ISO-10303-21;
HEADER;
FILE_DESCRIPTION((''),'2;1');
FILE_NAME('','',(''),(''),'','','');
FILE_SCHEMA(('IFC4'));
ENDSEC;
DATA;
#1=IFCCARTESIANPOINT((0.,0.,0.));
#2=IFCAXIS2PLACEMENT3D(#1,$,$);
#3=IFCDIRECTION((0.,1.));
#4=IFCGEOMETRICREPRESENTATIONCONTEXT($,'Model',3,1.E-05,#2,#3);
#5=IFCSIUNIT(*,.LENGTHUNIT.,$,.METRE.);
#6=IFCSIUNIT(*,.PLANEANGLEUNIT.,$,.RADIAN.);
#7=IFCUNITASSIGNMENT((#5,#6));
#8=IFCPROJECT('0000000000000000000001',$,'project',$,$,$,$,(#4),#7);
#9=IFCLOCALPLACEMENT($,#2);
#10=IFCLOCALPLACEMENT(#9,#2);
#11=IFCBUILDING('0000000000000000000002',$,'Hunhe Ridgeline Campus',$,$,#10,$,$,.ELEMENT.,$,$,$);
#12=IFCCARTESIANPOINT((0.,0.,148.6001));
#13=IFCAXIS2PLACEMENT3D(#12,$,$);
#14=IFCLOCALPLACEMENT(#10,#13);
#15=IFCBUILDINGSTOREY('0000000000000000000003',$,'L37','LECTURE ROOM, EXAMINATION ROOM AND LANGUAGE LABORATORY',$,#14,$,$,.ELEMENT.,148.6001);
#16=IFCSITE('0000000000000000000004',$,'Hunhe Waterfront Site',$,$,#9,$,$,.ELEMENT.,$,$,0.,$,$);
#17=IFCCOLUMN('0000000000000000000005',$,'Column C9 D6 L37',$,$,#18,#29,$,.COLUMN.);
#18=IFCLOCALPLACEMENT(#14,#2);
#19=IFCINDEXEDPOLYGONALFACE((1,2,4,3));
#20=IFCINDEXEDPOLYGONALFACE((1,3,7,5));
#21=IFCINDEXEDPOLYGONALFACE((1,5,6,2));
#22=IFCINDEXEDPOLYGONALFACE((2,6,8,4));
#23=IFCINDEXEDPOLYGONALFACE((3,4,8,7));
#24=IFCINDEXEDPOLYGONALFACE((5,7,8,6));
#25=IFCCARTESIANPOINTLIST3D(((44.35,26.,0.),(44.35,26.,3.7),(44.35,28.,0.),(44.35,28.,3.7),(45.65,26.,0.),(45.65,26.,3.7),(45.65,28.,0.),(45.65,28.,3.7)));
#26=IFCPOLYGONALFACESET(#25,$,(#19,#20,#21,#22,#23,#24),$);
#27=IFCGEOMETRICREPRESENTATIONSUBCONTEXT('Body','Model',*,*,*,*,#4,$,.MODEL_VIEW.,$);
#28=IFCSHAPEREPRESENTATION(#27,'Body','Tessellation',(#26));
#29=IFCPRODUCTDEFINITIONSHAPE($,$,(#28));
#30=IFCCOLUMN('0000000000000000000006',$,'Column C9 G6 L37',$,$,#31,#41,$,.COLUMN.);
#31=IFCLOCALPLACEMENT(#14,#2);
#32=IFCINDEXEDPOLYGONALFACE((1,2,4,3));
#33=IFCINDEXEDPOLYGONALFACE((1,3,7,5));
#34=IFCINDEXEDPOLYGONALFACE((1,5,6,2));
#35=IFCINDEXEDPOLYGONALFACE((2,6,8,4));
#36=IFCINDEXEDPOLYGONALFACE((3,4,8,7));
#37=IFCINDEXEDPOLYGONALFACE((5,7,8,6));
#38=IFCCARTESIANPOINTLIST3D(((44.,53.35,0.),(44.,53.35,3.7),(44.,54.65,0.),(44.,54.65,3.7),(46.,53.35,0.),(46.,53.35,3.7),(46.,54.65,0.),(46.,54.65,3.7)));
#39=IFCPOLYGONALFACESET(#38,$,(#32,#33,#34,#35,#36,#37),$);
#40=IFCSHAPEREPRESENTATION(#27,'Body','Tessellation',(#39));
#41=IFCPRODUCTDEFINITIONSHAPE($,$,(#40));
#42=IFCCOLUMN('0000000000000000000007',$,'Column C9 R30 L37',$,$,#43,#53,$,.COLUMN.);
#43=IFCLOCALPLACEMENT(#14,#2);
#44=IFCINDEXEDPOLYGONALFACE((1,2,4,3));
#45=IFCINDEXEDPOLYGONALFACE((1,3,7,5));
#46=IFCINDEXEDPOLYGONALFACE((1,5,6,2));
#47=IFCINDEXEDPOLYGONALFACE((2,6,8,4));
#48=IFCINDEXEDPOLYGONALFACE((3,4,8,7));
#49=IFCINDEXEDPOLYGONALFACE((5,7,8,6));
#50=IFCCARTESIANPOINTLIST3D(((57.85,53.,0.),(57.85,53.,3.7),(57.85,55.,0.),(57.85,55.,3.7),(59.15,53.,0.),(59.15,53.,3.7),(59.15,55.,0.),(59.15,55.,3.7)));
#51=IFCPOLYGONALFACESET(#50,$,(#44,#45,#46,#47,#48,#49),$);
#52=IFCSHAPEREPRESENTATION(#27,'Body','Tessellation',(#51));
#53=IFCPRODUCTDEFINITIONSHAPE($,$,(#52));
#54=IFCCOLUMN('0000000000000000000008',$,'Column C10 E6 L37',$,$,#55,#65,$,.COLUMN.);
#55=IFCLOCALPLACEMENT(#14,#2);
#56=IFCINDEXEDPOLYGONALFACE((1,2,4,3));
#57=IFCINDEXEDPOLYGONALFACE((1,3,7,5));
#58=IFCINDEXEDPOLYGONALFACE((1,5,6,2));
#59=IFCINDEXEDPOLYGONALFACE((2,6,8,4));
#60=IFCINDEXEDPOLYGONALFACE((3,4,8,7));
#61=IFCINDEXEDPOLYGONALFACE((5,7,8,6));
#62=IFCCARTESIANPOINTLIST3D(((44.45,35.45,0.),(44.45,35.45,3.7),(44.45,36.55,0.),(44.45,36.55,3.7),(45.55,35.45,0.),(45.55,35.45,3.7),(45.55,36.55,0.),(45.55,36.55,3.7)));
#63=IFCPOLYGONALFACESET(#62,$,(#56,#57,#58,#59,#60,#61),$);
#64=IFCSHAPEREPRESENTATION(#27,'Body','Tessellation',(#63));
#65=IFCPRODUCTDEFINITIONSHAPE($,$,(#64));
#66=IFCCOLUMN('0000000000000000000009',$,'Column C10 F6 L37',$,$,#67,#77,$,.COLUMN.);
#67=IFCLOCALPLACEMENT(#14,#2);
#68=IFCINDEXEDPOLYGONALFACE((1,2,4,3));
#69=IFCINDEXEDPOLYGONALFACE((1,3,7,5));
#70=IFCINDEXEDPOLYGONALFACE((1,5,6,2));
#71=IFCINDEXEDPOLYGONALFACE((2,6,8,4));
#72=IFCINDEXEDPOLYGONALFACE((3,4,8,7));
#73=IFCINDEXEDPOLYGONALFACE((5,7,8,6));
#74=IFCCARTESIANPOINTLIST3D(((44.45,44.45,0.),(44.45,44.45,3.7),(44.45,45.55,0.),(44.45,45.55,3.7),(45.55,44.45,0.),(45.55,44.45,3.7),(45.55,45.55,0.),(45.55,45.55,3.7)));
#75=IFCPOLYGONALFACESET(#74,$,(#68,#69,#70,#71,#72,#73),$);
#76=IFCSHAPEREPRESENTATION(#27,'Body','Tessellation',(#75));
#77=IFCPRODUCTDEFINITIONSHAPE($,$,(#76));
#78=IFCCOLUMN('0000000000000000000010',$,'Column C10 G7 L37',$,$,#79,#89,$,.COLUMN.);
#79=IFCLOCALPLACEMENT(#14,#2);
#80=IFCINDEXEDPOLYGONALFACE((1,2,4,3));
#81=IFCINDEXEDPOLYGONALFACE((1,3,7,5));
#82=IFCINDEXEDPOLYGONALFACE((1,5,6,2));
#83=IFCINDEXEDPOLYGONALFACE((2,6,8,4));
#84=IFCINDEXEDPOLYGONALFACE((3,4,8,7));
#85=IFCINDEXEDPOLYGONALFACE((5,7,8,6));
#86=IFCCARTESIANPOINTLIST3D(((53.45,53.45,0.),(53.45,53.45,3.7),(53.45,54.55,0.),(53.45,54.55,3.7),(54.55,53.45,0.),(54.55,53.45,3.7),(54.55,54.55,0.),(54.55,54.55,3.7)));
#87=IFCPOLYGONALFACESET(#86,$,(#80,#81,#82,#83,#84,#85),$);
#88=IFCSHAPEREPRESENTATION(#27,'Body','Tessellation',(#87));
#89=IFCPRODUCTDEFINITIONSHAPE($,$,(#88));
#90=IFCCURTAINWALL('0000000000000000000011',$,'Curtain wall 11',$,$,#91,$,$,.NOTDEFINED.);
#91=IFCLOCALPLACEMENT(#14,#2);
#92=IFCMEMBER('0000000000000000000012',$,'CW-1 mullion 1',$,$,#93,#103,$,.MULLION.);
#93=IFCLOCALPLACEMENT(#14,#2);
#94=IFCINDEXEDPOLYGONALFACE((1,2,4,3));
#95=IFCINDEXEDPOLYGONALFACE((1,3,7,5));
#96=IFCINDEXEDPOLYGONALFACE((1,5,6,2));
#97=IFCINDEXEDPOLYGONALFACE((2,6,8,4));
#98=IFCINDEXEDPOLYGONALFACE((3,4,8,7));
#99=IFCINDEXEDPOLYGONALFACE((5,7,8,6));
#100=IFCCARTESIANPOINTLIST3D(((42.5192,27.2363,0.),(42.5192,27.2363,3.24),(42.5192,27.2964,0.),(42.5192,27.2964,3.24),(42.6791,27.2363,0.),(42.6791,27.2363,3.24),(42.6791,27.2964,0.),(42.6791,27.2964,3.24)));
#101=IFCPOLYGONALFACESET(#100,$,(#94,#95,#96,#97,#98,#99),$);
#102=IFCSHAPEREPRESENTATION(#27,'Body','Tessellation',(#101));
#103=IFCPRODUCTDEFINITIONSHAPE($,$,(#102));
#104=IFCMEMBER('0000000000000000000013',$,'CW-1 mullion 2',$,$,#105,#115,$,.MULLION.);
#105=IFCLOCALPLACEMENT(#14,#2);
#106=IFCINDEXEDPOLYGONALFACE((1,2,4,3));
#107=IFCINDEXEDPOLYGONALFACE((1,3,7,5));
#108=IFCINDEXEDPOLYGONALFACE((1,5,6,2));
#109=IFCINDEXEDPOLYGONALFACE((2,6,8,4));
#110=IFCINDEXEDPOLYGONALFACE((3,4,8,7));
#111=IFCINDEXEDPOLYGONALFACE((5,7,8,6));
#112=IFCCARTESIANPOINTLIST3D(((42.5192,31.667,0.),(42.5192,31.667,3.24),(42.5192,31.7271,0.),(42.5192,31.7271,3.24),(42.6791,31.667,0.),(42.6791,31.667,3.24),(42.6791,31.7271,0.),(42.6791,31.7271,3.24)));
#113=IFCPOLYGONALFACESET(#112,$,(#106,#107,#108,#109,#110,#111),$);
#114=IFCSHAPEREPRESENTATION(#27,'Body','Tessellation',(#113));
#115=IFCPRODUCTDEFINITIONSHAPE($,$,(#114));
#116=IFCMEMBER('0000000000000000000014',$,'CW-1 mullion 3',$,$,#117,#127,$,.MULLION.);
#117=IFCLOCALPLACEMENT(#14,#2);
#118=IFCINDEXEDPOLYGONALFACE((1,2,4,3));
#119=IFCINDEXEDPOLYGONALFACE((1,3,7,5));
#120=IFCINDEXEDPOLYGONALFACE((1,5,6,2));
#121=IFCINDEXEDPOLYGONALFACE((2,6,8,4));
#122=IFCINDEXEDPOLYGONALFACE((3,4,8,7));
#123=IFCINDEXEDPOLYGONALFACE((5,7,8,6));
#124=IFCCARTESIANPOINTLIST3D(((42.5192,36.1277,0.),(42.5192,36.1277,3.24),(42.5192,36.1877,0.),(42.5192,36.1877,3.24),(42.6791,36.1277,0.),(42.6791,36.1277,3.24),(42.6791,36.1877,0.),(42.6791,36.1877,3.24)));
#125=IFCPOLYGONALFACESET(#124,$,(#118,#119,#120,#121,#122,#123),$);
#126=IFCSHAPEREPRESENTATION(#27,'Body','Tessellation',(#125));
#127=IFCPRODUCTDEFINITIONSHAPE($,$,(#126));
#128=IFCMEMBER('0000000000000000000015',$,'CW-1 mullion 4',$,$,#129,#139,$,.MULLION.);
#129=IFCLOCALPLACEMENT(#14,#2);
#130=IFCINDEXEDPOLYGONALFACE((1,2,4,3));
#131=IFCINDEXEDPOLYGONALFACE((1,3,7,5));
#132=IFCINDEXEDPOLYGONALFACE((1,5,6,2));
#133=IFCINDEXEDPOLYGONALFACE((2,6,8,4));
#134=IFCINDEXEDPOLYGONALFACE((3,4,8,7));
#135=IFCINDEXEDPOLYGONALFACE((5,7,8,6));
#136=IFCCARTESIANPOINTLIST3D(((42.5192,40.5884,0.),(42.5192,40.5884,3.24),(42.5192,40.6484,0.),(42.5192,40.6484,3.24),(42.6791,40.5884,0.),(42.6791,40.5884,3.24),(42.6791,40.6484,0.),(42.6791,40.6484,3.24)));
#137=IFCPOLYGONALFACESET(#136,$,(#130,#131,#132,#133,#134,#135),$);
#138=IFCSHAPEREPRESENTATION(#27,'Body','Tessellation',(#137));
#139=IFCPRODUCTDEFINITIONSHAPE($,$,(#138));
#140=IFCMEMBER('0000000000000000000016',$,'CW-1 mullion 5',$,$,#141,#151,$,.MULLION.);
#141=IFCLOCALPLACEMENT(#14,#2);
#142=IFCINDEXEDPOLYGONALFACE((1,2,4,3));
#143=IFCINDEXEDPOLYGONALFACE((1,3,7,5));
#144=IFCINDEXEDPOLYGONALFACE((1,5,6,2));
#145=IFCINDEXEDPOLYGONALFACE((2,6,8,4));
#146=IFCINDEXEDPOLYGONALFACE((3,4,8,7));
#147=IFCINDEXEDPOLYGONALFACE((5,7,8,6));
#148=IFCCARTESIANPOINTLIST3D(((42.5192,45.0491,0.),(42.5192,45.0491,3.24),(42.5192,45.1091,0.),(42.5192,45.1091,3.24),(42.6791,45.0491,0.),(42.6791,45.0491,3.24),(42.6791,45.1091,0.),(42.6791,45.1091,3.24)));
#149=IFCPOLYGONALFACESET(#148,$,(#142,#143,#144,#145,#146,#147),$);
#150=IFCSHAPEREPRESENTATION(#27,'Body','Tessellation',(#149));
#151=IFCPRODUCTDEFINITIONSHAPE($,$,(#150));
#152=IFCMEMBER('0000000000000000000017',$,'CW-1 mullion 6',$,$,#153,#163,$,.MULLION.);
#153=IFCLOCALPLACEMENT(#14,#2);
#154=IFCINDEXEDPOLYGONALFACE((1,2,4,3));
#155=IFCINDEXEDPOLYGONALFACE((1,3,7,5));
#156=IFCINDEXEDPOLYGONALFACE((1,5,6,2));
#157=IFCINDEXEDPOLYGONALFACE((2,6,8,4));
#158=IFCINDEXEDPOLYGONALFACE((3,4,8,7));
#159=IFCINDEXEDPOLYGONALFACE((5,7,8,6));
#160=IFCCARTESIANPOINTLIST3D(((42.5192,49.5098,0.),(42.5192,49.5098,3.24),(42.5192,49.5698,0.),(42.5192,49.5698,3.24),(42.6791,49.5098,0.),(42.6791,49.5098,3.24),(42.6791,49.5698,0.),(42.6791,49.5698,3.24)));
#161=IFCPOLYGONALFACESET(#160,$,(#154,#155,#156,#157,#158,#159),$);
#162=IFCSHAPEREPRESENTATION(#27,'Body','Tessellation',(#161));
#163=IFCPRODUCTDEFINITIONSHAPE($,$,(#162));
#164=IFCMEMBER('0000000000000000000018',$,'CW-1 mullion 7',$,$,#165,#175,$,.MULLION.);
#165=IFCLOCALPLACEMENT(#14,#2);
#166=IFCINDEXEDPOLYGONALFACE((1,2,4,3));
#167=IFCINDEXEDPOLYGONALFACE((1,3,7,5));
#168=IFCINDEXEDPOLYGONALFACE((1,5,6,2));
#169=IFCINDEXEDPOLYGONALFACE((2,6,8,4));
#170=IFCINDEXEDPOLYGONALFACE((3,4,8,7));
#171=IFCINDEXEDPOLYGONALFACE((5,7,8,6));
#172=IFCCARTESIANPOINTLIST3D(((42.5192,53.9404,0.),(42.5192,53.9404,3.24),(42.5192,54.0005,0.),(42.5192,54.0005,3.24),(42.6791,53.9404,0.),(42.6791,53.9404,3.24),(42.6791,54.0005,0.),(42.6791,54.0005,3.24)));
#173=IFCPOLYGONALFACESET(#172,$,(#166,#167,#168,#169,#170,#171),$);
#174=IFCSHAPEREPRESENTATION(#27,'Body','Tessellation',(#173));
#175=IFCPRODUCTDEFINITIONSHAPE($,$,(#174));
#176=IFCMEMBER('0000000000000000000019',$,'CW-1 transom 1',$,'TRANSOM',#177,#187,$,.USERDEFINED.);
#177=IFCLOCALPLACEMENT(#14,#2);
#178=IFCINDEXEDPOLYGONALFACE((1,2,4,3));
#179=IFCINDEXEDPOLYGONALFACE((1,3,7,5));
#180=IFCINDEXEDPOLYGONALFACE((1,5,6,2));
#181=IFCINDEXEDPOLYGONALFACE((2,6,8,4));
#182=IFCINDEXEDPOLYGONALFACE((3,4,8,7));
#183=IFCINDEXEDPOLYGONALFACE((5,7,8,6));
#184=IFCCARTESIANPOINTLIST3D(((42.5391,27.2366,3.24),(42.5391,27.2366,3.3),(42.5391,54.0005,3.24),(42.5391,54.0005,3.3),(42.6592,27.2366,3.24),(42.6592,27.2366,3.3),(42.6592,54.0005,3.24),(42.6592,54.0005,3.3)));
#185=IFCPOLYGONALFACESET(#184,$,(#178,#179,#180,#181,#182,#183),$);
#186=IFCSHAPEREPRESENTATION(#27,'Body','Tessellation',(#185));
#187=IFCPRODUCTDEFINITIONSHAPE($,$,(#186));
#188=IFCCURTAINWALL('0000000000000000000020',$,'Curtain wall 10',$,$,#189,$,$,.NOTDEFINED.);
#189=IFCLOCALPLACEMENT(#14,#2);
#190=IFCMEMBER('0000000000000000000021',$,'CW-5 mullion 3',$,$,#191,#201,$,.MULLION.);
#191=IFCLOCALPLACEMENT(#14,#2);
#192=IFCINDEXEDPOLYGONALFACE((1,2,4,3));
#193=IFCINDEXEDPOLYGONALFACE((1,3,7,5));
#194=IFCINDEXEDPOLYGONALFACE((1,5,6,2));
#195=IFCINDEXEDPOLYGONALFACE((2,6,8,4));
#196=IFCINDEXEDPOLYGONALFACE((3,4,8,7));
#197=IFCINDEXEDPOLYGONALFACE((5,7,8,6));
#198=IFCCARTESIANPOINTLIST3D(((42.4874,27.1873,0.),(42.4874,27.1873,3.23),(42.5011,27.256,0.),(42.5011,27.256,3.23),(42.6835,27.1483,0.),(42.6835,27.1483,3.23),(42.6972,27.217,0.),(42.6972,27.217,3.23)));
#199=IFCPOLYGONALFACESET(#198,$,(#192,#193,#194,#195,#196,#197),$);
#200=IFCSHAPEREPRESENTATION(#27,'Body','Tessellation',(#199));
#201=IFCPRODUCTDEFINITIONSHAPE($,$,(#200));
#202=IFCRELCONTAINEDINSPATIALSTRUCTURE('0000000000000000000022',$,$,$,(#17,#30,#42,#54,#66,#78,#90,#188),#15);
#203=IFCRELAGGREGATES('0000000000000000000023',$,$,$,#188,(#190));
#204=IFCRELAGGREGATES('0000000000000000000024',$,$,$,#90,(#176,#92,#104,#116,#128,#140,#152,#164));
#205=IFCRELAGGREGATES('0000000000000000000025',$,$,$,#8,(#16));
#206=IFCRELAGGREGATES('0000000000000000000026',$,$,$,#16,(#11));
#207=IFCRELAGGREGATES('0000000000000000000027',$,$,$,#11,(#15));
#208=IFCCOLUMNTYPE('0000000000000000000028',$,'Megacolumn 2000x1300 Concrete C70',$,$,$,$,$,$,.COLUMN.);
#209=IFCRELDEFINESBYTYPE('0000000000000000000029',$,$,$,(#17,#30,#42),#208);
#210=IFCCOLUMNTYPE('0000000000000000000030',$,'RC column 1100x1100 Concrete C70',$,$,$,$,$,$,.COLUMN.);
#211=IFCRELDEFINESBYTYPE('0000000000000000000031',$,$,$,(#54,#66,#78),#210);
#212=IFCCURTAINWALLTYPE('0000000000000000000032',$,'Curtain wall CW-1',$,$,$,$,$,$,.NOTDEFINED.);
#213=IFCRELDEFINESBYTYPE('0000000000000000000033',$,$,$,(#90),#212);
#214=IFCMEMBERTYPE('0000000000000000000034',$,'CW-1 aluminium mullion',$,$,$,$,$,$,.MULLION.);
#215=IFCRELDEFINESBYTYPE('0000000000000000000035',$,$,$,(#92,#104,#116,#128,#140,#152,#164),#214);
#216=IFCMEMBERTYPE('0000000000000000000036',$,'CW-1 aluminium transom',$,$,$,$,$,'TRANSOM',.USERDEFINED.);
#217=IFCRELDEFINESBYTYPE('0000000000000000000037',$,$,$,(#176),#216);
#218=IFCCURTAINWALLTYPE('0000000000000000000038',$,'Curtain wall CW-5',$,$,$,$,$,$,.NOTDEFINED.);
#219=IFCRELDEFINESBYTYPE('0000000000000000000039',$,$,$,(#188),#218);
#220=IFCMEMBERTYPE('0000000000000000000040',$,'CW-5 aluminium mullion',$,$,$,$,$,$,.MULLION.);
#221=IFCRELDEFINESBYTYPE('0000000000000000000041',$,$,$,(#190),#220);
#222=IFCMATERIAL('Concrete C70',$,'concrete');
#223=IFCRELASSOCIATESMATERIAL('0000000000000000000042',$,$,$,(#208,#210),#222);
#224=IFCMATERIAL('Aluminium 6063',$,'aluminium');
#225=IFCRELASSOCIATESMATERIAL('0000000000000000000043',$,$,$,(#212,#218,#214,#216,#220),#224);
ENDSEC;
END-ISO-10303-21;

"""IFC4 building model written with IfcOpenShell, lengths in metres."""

from ifc_helpers import new_model, si_unit, direction, frame, origin, origin_2d, place, context, subcontext, project, spatial, rectangle, extrude, material, material_profile, profile_set, type_object, element, aggregate, save


model = new_model("IFC4")

# Units and contexts
model_context = context("Model", 3, precision=1e-05, world=origin(), true_north=direction((0.0, 1.0)))
body_context = subcontext(model_context, "Body", "Model", "MODEL_VIEW")
ifc_project = project(units=[si_unit("LENGTHUNIT", "METRE"), si_unit("PLANEANGLEUNIT", "RADIAN")], contexts=[model_context])

# Site, building, storey
site_placement = place(None, origin())
site = spatial("IfcSite", under=ifc_project, at=site_placement, Name="Hunhe Waterfront Site", CompositionType="ELEMENT", RefElevation=0.0)
building_placement = place(site_placement, origin())
building = spatial("IfcBuilding", under=site, at=building_placement, Name="Hunhe Ridgeline Campus", CompositionType="ELEMENT")
storey_placement = place(building_placement, frame((0.0, 0.0, 148.6001)))
storey = spatial("IfcBuildingStorey", under=building, at=storey_placement, Name="L37", Description="LECTURE ROOM, EXAMINATION ROOM AND LANGUAGE LABORATORY", CompositionType="ELEMENT", Elevation=148.6001)

# Columns
ifc_material_1 = material(Name="Concrete C70", Category="concrete")
ifc_material_profile_1 = material_profile(ifc_material_1, rectangle(XDim=2.0, YDim=1.3, at=origin_2d()))
ifc_profile_set_1 = profile_set([ifc_material_profile_1], Name="Concrete C70")
column_type_1 = type_object("IfcColumnType", Name="Megacolumn 2000x1300 Concrete C70", PredefinedType="COLUMN", material=ifc_profile_set_1)
for number, where, z_axis, x_axis, name in (
    (1, (45.0, 27.0, 0.0), (0.0, 0.0, 1.0), (0.0, 1.0, 0.0), "Column C9 D6 L37"),
    (2, (45.0, 54.0, 0.0), (0.0, 0.0, 1.0), (1.0, 0.0, 0.0), "Column C9 G6 L37"),
    (3, (58.5, 54.0, 0.0), (0.0, 0.0, 1.0), (0.0, 1.0, 0.0), "Column C9 R30 L37"),
):
    element("IfcColumn", number, at=place(storey_placement, frame(where, z_axis=z_axis, x_axis=x_axis)), inside=storey, type_object=column_type_1, Name=name, PredefinedType="COLUMN", context=body_context, shape_type="SweptSolid", body=[
        extrude(rectangle(XDim=2.0, YDim=1.3, at=origin_2d()), origin(), (0.0, 0.0, 1.0), 3.7),
    ])
ifc_material_profile_2 = material_profile(ifc_material_1, rectangle(XDim=1.1001, YDim=1.1001, at=origin_2d()))
ifc_profile_set_2 = profile_set([ifc_material_profile_2], Name="Concrete C70")
column_type_2 = type_object("IfcColumnType", Name="RC column 1100x1100 Concrete C70", PredefinedType="COLUMN", material=ifc_profile_set_2)
for number, where, z_axis, x_axis, name in (
    (4, (45.0, 36.0, 0.0), (0.0, 0.0, 1.0), (1.0, 0.0, 0.0), "Column C10 E6 L37"),
    (5, (45.0, 45.0, 0.0), (0.0, 0.0, 1.0), (1.0, 0.0, 0.0), "Column C10 F6 L37"),
    (6, (54.0, 54.0, 0.0), (0.0, 0.0, 1.0), (1.0, 0.0, 0.0), "Column C10 G7 L37"),
):
    element("IfcColumn", number, at=place(storey_placement, frame(where, z_axis=z_axis, x_axis=x_axis)), inside=storey, type_object=column_type_2, Name=name, PredefinedType="COLUMN", context=body_context, shape_type="SweptSolid", body=[
        extrude(rectangle(XDim=1.1001, YDim=1.1001, at=origin_2d()), origin(), (0.0, 0.0, 1.0), 3.7),
    ])

# Curtain wall, members
ifc_material_2 = material(Name="Aluminium 6063", Category="aluminium")
curtain_wall_type_1 = type_object("IfcCurtainWallType", Name="Curtain wall CW-1", PredefinedType="NOTDEFINED", material=ifc_material_2)
curtain_wall_1_placement = place(storey_placement, origin())
curtain_wall_1 = element("IfcCurtainWall", 7, at=curtain_wall_1_placement, inside=storey, type_object=curtain_wall_type_1, Name="Curtain wall 11", PredefinedType="NOTDEFINED")
ifc_material_profile_3 = material_profile(ifc_material_2, rectangle(XDim=0.1599, YDim=0.0601, at=origin_2d()))
ifc_profile_set_3 = profile_set([ifc_material_profile_3], Name="Aluminium 6063")
member_type_1 = type_object("IfcMemberType", Name="CW-1 aluminium mullion", PredefinedType="MULLION", material=ifc_profile_set_3)
member_1_placement = place(storey_placement, frame((42.5991, 27.2664, 0.0), z_axis=(0.0, 0.0, 1.0), x_axis=(-1.0, 0.000004, 0.0)))
member_1 = element("IfcMember", 8, at=member_1_placement, type_object=member_type_1, Name="CW-1 mullion 1", PredefinedType="MULLION", context=body_context, shape_type="SweptSolid", body=[
    extrude(rectangle(XDim=0.1599, YDim=0.0601, at=origin_2d()), origin(), (0.0, 0.0, 1.0), 3.24),
])
member_2_placement = place(storey_placement, frame((42.5991, 31.697, 0.0), z_axis=(0.0, 0.0, 1.0), x_axis=(-1.0, 0.000004, 0.0)))
member_2 = element("IfcMember", 9, at=member_2_placement, type_object=member_type_1, Name="CW-1 mullion 2", PredefinedType="MULLION", context=body_context, shape_type="SweptSolid", body=[
    extrude(rectangle(XDim=0.1599, YDim=0.0601, at=origin_2d()), origin(), (0.0, 0.0, 1.0), 3.24),
])
member_3_placement = place(storey_placement, frame((42.5991, 36.1577, 0.0), z_axis=(0.0, 0.0, 1.0), x_axis=(-1.0, 0.000004, 0.0)))
member_3 = element("IfcMember", 10, at=member_3_placement, type_object=member_type_1, Name="CW-1 mullion 3", PredefinedType="MULLION", context=body_context, shape_type="SweptSolid", body=[
    extrude(rectangle(XDim=0.1599, YDim=0.0601, at=origin_2d()), origin(), (0.0, 0.0, 1.0), 3.24),
])
member_4_placement = place(storey_placement, frame((42.5991, 40.6184, 0.0), z_axis=(0.0, 0.0, 1.0), x_axis=(-1.0, 0.000004, 0.0)))
member_4 = element("IfcMember", 11, at=member_4_placement, type_object=member_type_1, Name="CW-1 mullion 4", PredefinedType="MULLION", context=body_context, shape_type="SweptSolid", body=[
    extrude(rectangle(XDim=0.1599, YDim=0.0601, at=origin_2d()), origin(), (0.0, 0.0, 1.0), 3.24),
])
member_5_placement = place(storey_placement, frame((42.5991, 45.0791, 0.0), z_axis=(0.0, 0.0, 1.0), x_axis=(-1.0, 0.000004, 0.0)))
member_5 = element("IfcMember", 12, at=member_5_placement, type_object=member_type_1, Name="CW-1 mullion 5", PredefinedType="MULLION", context=body_context, shape_type="SweptSolid", body=[
    extrude(rectangle(XDim=0.1599, YDim=0.0601, at=origin_2d()), origin(), (0.0, 0.0, 1.0), 3.24),
])
member_6_placement = place(storey_placement, frame((42.5991, 49.5398, 0.0), z_axis=(0.0, 0.0, 1.0), x_axis=(-1.0, 0.000004, 0.0)))
member_6 = element("IfcMember", 13, at=member_6_placement, type_object=member_type_1, Name="CW-1 mullion 6", PredefinedType="MULLION", context=body_context, shape_type="SweptSolid", body=[
    extrude(rectangle(XDim=0.1599, YDim=0.0601, at=origin_2d()), origin(), (0.0, 0.0, 1.0), 3.24),
])
member_7_placement = place(storey_placement, frame((42.5991, 53.9705, 0.0), z_axis=(0.0, 0.0, 1.0), x_axis=(-1.0, 0.000004, 0.0)))
member_7 = element("IfcMember", 14, at=member_7_placement, type_object=member_type_1, Name="CW-1 mullion 7", PredefinedType="MULLION", context=body_context, shape_type="SweptSolid", body=[
    extrude(rectangle(XDim=0.1599, YDim=0.0601, at=origin_2d()), origin(), (0.0, 0.0, 1.0), 3.24),
])
ifc_material_profile_4 = material_profile(ifc_material_2, rectangle(XDim=0.1201, YDim=0.0601, at=origin_2d()))
ifc_profile_set_4 = profile_set([ifc_material_profile_4], Name="Aluminium 6063")
member_type_2 = type_object("IfcMemberType", Name="CW-1 aluminium transom", ElementType="TRANSOM", PredefinedType="USERDEFINED", material=ifc_profile_set_4)
member_8_placement = place(storey_placement, frame((42.5991, 27.2366, 3.27), z_axis=(0.0, 1.0, 0.0), x_axis=(-1.0, 0.0, 0.0)))
member_8 = element("IfcMember", 15, at=member_8_placement, type_object=member_type_2, Name="CW-1 transom 1", ObjectType="TRANSOM", PredefinedType="USERDEFINED", context=body_context, shape_type="SweptSolid", body=[
    extrude(rectangle(XDim=0.1201, YDim=0.0601, at=origin_2d()), origin(), (0.0, 0.0, 1.0), 26.7639),
])

# Curtain wall, member
curtain_wall_type_2 = type_object("IfcCurtainWallType", Name="Curtain wall CW-5", PredefinedType="NOTDEFINED", material=ifc_material_2)
curtain_wall_2_placement = place(storey_placement, origin())
curtain_wall_2 = element("IfcCurtainWall", 16, at=curtain_wall_2_placement, inside=storey, type_object=curtain_wall_type_2, Name="Curtain wall 10", PredefinedType="NOTDEFINED")
ifc_material_profile_5 = material_profile(ifc_material_2, rectangle(XDim=0.2, YDim=0.0701, at=origin_2d()))
ifc_profile_set_5 = profile_set([ifc_material_profile_5], Name="Aluminium 6063")
member_type_3 = type_object("IfcMemberType", Name="CW-5 aluminium mullion", PredefinedType="MULLION", material=ifc_profile_set_5)
member_9_placement = place(storey_placement, frame((42.5923, 27.2021, 0.0), z_axis=(0.0, 0.0, 1.0), x_axis=(-0.980785, 0.19509, 0.0)))
member_9 = element("IfcMember", 17, at=member_9_placement, type_object=member_type_3, Name="CW-5 mullion 3", PredefinedType="MULLION", context=body_context, shape_type="SweptSolid", body=[
    extrude(rectangle(XDim=0.2, YDim=0.0701, at=origin_2d()), origin(), (0.0, 0.0, 1.0), 3.23),
])
aggregate(curtain_wall_2, [member_9])

aggregate(curtain_wall_1, [member_8, member_1, member_2, member_3, member_4, member_5, member_6, member_7])

save(model, "model.ifc")
